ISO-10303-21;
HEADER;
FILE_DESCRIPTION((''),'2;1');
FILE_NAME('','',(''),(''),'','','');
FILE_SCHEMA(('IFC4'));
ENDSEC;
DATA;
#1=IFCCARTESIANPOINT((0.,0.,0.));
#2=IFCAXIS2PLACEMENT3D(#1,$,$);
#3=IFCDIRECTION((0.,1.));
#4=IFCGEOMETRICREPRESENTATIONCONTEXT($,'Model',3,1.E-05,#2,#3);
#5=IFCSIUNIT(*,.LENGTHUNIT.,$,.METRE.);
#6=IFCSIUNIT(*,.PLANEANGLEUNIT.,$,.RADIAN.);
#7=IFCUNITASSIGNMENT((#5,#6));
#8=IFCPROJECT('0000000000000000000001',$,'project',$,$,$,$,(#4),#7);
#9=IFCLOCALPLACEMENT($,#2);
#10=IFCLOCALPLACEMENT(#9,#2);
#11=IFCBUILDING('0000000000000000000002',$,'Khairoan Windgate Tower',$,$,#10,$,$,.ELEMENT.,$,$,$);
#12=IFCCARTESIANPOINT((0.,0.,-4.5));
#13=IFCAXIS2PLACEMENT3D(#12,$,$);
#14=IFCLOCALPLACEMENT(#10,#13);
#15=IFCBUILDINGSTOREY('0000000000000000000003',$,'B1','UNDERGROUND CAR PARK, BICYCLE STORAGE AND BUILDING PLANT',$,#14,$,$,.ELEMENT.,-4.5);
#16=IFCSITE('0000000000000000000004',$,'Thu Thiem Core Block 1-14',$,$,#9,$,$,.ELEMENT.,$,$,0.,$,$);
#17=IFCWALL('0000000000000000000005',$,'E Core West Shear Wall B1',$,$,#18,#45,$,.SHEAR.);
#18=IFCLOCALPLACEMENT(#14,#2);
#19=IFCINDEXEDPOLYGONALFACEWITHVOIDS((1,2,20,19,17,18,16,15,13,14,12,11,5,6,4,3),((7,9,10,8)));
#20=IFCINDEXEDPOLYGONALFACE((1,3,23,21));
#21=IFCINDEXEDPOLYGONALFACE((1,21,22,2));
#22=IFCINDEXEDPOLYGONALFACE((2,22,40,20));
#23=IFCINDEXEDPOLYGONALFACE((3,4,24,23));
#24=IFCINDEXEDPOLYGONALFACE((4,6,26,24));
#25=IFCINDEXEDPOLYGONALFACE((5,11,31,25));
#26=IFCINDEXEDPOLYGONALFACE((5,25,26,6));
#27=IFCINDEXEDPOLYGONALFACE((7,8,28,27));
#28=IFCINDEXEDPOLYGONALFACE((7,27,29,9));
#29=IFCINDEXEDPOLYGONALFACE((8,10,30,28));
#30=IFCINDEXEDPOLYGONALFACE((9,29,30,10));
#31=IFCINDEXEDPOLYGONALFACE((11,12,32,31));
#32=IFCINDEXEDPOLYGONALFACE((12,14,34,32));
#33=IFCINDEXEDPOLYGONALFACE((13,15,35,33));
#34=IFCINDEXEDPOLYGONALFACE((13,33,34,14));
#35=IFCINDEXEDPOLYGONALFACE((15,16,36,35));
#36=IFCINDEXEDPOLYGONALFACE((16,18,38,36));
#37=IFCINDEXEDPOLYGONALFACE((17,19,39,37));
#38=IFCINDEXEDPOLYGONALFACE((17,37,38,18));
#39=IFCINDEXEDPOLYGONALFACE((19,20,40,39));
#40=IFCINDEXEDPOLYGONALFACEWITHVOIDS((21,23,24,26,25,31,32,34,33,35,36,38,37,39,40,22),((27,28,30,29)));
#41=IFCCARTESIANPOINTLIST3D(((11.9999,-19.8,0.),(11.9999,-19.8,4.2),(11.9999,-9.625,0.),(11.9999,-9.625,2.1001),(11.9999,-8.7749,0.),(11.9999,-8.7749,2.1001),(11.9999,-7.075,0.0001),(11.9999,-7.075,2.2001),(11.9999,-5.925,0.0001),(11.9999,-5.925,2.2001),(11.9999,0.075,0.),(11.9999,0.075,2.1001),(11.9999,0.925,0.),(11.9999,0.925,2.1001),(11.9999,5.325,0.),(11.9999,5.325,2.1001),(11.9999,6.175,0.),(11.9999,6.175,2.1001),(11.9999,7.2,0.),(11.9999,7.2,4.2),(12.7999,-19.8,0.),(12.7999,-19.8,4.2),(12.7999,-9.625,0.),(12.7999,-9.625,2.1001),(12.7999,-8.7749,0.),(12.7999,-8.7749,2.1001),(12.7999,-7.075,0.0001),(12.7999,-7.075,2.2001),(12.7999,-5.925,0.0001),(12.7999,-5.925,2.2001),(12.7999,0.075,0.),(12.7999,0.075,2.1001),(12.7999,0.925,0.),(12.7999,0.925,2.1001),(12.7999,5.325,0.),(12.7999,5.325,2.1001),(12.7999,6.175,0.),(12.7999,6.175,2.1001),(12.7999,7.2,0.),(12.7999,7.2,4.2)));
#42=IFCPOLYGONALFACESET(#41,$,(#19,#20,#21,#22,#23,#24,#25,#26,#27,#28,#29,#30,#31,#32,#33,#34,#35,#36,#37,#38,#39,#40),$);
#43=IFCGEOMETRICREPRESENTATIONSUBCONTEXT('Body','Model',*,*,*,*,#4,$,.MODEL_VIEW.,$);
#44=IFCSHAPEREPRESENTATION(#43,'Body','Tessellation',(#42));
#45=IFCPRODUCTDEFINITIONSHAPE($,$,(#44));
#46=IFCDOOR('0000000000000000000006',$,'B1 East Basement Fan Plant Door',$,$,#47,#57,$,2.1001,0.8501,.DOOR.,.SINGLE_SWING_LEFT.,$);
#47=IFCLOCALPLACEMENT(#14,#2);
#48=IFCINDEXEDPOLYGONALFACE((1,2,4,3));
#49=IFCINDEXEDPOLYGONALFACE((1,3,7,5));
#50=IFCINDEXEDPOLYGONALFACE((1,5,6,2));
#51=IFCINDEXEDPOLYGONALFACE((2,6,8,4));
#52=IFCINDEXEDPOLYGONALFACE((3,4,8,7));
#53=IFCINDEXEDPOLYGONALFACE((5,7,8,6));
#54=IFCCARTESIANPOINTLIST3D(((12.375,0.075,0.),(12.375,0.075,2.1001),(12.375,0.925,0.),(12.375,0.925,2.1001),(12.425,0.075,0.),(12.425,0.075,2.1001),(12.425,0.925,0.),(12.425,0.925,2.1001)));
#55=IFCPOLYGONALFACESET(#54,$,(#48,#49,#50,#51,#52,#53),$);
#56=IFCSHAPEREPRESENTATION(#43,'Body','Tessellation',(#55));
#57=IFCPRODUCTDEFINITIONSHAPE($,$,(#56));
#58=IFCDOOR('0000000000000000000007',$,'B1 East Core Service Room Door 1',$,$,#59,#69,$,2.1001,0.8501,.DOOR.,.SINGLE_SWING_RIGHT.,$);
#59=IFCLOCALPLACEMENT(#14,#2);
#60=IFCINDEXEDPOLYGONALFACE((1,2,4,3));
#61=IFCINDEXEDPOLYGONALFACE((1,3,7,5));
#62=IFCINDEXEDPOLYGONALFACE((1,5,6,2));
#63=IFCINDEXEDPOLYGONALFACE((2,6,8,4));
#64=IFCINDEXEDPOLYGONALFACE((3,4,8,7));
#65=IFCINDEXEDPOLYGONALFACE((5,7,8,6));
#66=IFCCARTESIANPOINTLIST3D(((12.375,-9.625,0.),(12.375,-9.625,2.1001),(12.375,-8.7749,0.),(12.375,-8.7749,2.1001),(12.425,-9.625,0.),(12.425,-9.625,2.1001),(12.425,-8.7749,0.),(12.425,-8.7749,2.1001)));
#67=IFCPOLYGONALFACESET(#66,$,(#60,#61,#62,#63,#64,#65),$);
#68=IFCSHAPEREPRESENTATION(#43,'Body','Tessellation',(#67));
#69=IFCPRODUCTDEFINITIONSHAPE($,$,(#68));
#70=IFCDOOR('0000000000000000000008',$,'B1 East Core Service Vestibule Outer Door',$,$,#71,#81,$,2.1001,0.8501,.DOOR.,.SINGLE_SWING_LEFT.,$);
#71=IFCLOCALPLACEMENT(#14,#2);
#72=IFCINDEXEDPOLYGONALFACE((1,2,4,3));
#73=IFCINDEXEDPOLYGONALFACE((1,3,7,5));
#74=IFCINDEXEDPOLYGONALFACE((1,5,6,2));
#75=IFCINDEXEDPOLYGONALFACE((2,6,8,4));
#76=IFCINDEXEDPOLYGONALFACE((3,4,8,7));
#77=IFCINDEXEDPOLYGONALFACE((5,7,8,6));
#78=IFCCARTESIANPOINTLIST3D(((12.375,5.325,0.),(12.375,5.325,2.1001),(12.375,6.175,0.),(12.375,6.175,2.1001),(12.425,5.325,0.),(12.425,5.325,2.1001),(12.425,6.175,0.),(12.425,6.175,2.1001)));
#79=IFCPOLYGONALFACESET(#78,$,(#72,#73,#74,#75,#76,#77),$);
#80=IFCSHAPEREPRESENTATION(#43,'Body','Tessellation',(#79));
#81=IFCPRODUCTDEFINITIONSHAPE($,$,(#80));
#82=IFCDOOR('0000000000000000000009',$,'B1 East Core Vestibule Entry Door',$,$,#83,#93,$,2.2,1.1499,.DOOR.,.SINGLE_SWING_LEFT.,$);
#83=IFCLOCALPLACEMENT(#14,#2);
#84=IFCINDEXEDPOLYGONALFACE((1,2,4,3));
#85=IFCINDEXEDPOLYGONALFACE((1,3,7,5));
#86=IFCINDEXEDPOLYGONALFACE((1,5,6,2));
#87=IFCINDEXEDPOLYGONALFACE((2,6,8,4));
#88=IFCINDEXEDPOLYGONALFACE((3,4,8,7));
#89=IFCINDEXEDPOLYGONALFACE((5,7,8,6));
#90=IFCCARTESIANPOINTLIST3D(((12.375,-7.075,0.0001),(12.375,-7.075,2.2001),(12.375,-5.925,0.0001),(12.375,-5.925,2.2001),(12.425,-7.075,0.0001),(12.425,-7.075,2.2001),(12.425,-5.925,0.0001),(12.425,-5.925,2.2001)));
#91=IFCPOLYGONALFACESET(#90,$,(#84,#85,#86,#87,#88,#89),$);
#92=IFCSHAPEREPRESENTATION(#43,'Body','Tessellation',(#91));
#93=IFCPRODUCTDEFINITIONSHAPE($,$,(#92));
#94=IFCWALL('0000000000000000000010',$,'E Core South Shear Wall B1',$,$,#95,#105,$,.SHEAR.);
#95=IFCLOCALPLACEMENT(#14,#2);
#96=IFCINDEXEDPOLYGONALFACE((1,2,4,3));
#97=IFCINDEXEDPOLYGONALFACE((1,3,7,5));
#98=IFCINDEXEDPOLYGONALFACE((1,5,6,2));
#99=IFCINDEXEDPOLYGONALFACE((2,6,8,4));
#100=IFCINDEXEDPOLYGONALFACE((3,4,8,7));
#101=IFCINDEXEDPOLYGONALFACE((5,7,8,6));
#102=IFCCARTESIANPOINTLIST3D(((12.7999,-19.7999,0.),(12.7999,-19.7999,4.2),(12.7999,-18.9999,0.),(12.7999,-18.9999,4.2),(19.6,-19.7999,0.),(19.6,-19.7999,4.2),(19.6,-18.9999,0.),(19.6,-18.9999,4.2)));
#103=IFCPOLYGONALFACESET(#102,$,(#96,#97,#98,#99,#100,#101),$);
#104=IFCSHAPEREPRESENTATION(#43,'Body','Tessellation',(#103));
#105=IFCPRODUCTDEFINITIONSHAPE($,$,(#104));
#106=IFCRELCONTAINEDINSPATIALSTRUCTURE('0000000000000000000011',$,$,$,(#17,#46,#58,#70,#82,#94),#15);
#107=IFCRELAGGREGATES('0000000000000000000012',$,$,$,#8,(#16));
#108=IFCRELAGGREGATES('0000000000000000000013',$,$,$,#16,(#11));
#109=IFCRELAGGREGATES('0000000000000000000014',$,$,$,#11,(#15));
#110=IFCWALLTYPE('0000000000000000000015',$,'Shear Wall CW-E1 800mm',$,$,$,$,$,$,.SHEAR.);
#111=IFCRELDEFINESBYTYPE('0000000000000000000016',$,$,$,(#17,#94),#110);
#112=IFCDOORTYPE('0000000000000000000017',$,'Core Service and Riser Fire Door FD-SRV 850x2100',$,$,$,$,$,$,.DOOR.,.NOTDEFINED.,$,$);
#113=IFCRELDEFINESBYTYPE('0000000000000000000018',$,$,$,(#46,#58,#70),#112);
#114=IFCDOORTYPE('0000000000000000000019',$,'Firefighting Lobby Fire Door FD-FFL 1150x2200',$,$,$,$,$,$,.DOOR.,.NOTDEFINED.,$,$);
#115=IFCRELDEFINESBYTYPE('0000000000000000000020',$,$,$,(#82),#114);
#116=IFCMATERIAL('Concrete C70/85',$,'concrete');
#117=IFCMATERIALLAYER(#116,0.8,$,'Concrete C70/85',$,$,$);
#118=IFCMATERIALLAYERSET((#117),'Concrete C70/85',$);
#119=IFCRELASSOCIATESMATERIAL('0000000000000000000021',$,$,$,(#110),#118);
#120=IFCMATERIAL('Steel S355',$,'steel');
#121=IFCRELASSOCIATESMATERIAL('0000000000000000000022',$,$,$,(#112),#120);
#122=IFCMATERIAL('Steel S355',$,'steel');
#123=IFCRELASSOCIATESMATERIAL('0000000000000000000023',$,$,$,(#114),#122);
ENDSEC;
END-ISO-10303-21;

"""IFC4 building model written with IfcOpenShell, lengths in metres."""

from ifc_helpers import new_model, si_unit, direction, frame, frame_2d, origin, place, context, subcontext, project, spatial, rectangle, extrude, material, layer, layer_set, type_object, element, fill, save


model = new_model("IFC4")

# Units and contexts
model_context = context("Model", 3, precision=1e-05, world=origin(), true_north=direction((0.0, 1.0)))
body_context = subcontext(model_context, "Body", "Model", "MODEL_VIEW")
ifc_project = project(units=[si_unit("LENGTHUNIT", "METRE"), si_unit("PLANEANGLEUNIT", "RADIAN")], contexts=[model_context])

# Site, building, storey
site_placement = place(None, origin())
site = spatial("IfcSite", under=ifc_project, at=site_placement, Name="Thu Thiem Core Block 1-14", CompositionType="ELEMENT", RefElevation=0.0)
building_placement = place(site_placement, origin())
building = spatial("IfcBuilding", under=site, at=building_placement, Name="Khairoan Windgate Tower", CompositionType="ELEMENT")
storey_placement = place(building_placement, frame((0.0, 0.0, -4.5)))
storey = spatial("IfcBuildingStorey", under=building, at=storey_placement, Name="B1", Description="UNDERGROUND CAR PARK, BICYCLE STORAGE AND BUILDING PLANT", CompositionType="ELEMENT", Elevation=-4.5)

# Wall, openings, doors
ifc_material_1 = material(Name="Concrete C70/85", Category="concrete")
ifc_layer = layer(ifc_material_1, 0.8, Name="Concrete C70/85")
ifc_layer_set = layer_set([ifc_layer], Name="Concrete C70/85")
wall_type = type_object("IfcWallType", Name="Shear Wall CW-E1 800mm", PredefinedType="SHEAR", material=ifc_layer_set)
wall_1_placement = place(storey_placement, frame((12.3999, -19.8, 0.0), z_axis=(0.0, 0.0, 1.0), x_axis=(0.0, 1.0, 0.0)))
wall_1 = element("IfcWall", 1, at=wall_1_placement, inside=storey, type_object=wall_type, Name="E Core West Shear Wall B1", PredefinedType="SHEAR", context=body_context, shape_type="SweptSolid", body=[
    extrude(rectangle(XDim=27.0, YDim=0.8, at=frame_2d((13.5, 0.0))), origin(), (0.0, 0.0, 1.0), 4.2),
])
opening_1_placement = place(wall_1_placement, frame((19.875, 0.0, 0.0)))
opening_1 = element("IfcOpeningElement", 2, at=opening_1_placement, cuts=wall_1, PredefinedType="OPENING", context=body_context, shape_type="SweptSolid", body=[
    extrude(rectangle(XDim=0.8501, YDim=2.1001, at=frame_2d((0.425, 1.05))), frame((0.0, 0.4099, 0.0), z_axis=(0.0, -1.0, 0.0), x_axis=(1.0, 0.0, 0.0)), (0.0, 0.0, 1.0), 0.8201),
])
opening_2_placement = place(wall_1_placement, frame((10.175, 0.0, 0.0)))
opening_2 = element("IfcOpeningElement", 3, at=opening_2_placement, cuts=wall_1, PredefinedType="OPENING", context=body_context, shape_type="SweptSolid", body=[
    extrude(rectangle(XDim=0.8501, YDim=2.1001, at=frame_2d((0.425, 1.05))), frame((0.0, 0.4099, 0.0), z_axis=(0.0, -1.0, 0.0), x_axis=(1.0, 0.0, 0.0)), (0.0, 0.0, 1.0), 0.8201),
])
opening_3_placement = place(wall_1_placement, frame((12.7251, 0.0, 0.0)))
opening_3 = element("IfcOpeningElement", 4, at=opening_3_placement, cuts=wall_1, PredefinedType="OPENING", context=body_context, shape_type="SweptSolid", body=[
    extrude(rectangle(XDim=1.1499, YDim=2.2, at=frame_2d((0.575, 1.1001))), frame((0.0, 0.4099, 0.0), z_axis=(0.0, -1.0, 0.0), x_axis=(1.0, 0.0, 0.0)), (0.0, 0.0, 1.0), 0.8201),
])
opening_4_placement = place(wall_1_placement, frame((25.125, 0.0, 0.0)))
opening_4 = element("IfcOpeningElement", 5, at=opening_4_placement, cuts=wall_1, PredefinedType="OPENING", context=body_context, shape_type="SweptSolid", body=[
    extrude(rectangle(XDim=0.8501, YDim=2.1001, at=frame_2d((0.425, 1.05))), frame((0.0, 0.4099, 0.0), z_axis=(0.0, -1.0, 0.0), x_axis=(1.0, 0.0, 0.0)), (0.0, 0.0, 1.0), 0.8201),
])
ifc_material_2 = material(Name="Steel S355", Category="steel")
door_type_1 = type_object("IfcDoorType", Name="Core Service and Riser Fire Door FD-SRV 850x2100", OperationType="NOTDEFINED", PredefinedType="DOOR", material=ifc_material_2)
door_1_placement = place(opening_1_placement, origin())
door_1 = element("IfcDoor", 6, at=door_1_placement, inside=storey, type_object=door_type_1, Name="B1 East Basement Fan Plant Door", OperationType="SINGLE_SWING_LEFT", OverallHeight=2.1001, OverallWidth=0.8501, PredefinedType="DOOR", context=body_context, shape_type="SweptSolid", body=[
    extrude(rectangle(XDim=0.8501, YDim=2.1001, at=frame_2d((0.425, 1.05))), frame((0.0, 0.0249, 0.0), z_axis=(0.0, -1.0, 0.0), x_axis=(1.0, 0.0, 0.0)), (0.0, 0.0, 1.0), 0.05),
])
fill(opening_1, door_1)
door_2_placement = place(opening_2_placement, origin())
door_2 = element("IfcDoor", 7, at=door_2_placement, inside=storey, type_object=door_type_1, Name="B1 East Core Service Room Door 1", OperationType="SINGLE_SWING_RIGHT", OverallHeight=2.1001, OverallWidth=0.8501, PredefinedType="DOOR", context=body_context, shape_type="SweptSolid", body=[
    extrude(rectangle(XDim=0.8501, YDim=2.1001, at=frame_2d((0.425, 1.05))), frame((0.0, 0.0249, 0.0), z_axis=(0.0, -1.0, 0.0), x_axis=(1.0, 0.0, 0.0)), (0.0, 0.0, 1.0), 0.05),
])
fill(opening_2, door_2)
door_3_placement = place(opening_4_placement, origin())
door_3 = element("IfcDoor", 8, at=door_3_placement, inside=storey, type_object=door_type_1, Name="B1 East Core Service Vestibule Outer Door", OperationType="SINGLE_SWING_LEFT", OverallHeight=2.1001, OverallWidth=0.8501, PredefinedType="DOOR", context=body_context, shape_type="SweptSolid", body=[
    extrude(rectangle(XDim=0.8501, YDim=2.1001, at=frame_2d((0.425, 1.05))), frame((0.0, 0.0249, 0.0), z_axis=(0.0, -1.0, 0.0), x_axis=(1.0, 0.0, 0.0)), (0.0, 0.0, 1.0), 0.05),
])
fill(opening_4, door_3)
ifc_material_3 = material(Name="Steel S355", Category="steel")
door_type_2 = type_object("IfcDoorType", Name="Firefighting Lobby Fire Door FD-FFL 1150x2200", OperationType="NOTDEFINED", PredefinedType="DOOR", material=ifc_material_3)
door_4_placement = place(opening_3_placement, origin())
door_4 = element("IfcDoor", 9, at=door_4_placement, inside=storey, type_object=door_type_2, Name="B1 East Core Vestibule Entry Door", OperationType="SINGLE_SWING_LEFT", OverallHeight=2.2, OverallWidth=1.1499, PredefinedType="DOOR", context=body_context, shape_type="SweptSolid", body=[
    extrude(rectangle(XDim=1.1499, YDim=2.2, at=frame_2d((0.575, 1.1001))), frame((0.0, 0.0249, 0.0), z_axis=(0.0, -1.0, 0.0), x_axis=(1.0, 0.0, 0.0)), (0.0, 0.0, 1.0), 0.05),
])
fill(opening_3, door_4)

# Wall
wall_2_placement = place(storey_placement, frame((12.8, -19.3999, 0.0), z_axis=(0.0, 0.0, 1.0), x_axis=(1.0, 0.0, 0.0)))
element("IfcWall", 10, at=wall_2_placement, inside=storey, type_object=wall_type, Name="E Core South Shear Wall B1", PredefinedType="SHEAR", context=body_context, shape_type="SweptSolid", body=[
    extrude(rectangle(XDim=6.8, YDim=0.8, at=frame_2d((3.3999, 0.0))), origin(), (0.0, 0.0, 1.0), 4.2),
])

save(model, "model.ifc")
